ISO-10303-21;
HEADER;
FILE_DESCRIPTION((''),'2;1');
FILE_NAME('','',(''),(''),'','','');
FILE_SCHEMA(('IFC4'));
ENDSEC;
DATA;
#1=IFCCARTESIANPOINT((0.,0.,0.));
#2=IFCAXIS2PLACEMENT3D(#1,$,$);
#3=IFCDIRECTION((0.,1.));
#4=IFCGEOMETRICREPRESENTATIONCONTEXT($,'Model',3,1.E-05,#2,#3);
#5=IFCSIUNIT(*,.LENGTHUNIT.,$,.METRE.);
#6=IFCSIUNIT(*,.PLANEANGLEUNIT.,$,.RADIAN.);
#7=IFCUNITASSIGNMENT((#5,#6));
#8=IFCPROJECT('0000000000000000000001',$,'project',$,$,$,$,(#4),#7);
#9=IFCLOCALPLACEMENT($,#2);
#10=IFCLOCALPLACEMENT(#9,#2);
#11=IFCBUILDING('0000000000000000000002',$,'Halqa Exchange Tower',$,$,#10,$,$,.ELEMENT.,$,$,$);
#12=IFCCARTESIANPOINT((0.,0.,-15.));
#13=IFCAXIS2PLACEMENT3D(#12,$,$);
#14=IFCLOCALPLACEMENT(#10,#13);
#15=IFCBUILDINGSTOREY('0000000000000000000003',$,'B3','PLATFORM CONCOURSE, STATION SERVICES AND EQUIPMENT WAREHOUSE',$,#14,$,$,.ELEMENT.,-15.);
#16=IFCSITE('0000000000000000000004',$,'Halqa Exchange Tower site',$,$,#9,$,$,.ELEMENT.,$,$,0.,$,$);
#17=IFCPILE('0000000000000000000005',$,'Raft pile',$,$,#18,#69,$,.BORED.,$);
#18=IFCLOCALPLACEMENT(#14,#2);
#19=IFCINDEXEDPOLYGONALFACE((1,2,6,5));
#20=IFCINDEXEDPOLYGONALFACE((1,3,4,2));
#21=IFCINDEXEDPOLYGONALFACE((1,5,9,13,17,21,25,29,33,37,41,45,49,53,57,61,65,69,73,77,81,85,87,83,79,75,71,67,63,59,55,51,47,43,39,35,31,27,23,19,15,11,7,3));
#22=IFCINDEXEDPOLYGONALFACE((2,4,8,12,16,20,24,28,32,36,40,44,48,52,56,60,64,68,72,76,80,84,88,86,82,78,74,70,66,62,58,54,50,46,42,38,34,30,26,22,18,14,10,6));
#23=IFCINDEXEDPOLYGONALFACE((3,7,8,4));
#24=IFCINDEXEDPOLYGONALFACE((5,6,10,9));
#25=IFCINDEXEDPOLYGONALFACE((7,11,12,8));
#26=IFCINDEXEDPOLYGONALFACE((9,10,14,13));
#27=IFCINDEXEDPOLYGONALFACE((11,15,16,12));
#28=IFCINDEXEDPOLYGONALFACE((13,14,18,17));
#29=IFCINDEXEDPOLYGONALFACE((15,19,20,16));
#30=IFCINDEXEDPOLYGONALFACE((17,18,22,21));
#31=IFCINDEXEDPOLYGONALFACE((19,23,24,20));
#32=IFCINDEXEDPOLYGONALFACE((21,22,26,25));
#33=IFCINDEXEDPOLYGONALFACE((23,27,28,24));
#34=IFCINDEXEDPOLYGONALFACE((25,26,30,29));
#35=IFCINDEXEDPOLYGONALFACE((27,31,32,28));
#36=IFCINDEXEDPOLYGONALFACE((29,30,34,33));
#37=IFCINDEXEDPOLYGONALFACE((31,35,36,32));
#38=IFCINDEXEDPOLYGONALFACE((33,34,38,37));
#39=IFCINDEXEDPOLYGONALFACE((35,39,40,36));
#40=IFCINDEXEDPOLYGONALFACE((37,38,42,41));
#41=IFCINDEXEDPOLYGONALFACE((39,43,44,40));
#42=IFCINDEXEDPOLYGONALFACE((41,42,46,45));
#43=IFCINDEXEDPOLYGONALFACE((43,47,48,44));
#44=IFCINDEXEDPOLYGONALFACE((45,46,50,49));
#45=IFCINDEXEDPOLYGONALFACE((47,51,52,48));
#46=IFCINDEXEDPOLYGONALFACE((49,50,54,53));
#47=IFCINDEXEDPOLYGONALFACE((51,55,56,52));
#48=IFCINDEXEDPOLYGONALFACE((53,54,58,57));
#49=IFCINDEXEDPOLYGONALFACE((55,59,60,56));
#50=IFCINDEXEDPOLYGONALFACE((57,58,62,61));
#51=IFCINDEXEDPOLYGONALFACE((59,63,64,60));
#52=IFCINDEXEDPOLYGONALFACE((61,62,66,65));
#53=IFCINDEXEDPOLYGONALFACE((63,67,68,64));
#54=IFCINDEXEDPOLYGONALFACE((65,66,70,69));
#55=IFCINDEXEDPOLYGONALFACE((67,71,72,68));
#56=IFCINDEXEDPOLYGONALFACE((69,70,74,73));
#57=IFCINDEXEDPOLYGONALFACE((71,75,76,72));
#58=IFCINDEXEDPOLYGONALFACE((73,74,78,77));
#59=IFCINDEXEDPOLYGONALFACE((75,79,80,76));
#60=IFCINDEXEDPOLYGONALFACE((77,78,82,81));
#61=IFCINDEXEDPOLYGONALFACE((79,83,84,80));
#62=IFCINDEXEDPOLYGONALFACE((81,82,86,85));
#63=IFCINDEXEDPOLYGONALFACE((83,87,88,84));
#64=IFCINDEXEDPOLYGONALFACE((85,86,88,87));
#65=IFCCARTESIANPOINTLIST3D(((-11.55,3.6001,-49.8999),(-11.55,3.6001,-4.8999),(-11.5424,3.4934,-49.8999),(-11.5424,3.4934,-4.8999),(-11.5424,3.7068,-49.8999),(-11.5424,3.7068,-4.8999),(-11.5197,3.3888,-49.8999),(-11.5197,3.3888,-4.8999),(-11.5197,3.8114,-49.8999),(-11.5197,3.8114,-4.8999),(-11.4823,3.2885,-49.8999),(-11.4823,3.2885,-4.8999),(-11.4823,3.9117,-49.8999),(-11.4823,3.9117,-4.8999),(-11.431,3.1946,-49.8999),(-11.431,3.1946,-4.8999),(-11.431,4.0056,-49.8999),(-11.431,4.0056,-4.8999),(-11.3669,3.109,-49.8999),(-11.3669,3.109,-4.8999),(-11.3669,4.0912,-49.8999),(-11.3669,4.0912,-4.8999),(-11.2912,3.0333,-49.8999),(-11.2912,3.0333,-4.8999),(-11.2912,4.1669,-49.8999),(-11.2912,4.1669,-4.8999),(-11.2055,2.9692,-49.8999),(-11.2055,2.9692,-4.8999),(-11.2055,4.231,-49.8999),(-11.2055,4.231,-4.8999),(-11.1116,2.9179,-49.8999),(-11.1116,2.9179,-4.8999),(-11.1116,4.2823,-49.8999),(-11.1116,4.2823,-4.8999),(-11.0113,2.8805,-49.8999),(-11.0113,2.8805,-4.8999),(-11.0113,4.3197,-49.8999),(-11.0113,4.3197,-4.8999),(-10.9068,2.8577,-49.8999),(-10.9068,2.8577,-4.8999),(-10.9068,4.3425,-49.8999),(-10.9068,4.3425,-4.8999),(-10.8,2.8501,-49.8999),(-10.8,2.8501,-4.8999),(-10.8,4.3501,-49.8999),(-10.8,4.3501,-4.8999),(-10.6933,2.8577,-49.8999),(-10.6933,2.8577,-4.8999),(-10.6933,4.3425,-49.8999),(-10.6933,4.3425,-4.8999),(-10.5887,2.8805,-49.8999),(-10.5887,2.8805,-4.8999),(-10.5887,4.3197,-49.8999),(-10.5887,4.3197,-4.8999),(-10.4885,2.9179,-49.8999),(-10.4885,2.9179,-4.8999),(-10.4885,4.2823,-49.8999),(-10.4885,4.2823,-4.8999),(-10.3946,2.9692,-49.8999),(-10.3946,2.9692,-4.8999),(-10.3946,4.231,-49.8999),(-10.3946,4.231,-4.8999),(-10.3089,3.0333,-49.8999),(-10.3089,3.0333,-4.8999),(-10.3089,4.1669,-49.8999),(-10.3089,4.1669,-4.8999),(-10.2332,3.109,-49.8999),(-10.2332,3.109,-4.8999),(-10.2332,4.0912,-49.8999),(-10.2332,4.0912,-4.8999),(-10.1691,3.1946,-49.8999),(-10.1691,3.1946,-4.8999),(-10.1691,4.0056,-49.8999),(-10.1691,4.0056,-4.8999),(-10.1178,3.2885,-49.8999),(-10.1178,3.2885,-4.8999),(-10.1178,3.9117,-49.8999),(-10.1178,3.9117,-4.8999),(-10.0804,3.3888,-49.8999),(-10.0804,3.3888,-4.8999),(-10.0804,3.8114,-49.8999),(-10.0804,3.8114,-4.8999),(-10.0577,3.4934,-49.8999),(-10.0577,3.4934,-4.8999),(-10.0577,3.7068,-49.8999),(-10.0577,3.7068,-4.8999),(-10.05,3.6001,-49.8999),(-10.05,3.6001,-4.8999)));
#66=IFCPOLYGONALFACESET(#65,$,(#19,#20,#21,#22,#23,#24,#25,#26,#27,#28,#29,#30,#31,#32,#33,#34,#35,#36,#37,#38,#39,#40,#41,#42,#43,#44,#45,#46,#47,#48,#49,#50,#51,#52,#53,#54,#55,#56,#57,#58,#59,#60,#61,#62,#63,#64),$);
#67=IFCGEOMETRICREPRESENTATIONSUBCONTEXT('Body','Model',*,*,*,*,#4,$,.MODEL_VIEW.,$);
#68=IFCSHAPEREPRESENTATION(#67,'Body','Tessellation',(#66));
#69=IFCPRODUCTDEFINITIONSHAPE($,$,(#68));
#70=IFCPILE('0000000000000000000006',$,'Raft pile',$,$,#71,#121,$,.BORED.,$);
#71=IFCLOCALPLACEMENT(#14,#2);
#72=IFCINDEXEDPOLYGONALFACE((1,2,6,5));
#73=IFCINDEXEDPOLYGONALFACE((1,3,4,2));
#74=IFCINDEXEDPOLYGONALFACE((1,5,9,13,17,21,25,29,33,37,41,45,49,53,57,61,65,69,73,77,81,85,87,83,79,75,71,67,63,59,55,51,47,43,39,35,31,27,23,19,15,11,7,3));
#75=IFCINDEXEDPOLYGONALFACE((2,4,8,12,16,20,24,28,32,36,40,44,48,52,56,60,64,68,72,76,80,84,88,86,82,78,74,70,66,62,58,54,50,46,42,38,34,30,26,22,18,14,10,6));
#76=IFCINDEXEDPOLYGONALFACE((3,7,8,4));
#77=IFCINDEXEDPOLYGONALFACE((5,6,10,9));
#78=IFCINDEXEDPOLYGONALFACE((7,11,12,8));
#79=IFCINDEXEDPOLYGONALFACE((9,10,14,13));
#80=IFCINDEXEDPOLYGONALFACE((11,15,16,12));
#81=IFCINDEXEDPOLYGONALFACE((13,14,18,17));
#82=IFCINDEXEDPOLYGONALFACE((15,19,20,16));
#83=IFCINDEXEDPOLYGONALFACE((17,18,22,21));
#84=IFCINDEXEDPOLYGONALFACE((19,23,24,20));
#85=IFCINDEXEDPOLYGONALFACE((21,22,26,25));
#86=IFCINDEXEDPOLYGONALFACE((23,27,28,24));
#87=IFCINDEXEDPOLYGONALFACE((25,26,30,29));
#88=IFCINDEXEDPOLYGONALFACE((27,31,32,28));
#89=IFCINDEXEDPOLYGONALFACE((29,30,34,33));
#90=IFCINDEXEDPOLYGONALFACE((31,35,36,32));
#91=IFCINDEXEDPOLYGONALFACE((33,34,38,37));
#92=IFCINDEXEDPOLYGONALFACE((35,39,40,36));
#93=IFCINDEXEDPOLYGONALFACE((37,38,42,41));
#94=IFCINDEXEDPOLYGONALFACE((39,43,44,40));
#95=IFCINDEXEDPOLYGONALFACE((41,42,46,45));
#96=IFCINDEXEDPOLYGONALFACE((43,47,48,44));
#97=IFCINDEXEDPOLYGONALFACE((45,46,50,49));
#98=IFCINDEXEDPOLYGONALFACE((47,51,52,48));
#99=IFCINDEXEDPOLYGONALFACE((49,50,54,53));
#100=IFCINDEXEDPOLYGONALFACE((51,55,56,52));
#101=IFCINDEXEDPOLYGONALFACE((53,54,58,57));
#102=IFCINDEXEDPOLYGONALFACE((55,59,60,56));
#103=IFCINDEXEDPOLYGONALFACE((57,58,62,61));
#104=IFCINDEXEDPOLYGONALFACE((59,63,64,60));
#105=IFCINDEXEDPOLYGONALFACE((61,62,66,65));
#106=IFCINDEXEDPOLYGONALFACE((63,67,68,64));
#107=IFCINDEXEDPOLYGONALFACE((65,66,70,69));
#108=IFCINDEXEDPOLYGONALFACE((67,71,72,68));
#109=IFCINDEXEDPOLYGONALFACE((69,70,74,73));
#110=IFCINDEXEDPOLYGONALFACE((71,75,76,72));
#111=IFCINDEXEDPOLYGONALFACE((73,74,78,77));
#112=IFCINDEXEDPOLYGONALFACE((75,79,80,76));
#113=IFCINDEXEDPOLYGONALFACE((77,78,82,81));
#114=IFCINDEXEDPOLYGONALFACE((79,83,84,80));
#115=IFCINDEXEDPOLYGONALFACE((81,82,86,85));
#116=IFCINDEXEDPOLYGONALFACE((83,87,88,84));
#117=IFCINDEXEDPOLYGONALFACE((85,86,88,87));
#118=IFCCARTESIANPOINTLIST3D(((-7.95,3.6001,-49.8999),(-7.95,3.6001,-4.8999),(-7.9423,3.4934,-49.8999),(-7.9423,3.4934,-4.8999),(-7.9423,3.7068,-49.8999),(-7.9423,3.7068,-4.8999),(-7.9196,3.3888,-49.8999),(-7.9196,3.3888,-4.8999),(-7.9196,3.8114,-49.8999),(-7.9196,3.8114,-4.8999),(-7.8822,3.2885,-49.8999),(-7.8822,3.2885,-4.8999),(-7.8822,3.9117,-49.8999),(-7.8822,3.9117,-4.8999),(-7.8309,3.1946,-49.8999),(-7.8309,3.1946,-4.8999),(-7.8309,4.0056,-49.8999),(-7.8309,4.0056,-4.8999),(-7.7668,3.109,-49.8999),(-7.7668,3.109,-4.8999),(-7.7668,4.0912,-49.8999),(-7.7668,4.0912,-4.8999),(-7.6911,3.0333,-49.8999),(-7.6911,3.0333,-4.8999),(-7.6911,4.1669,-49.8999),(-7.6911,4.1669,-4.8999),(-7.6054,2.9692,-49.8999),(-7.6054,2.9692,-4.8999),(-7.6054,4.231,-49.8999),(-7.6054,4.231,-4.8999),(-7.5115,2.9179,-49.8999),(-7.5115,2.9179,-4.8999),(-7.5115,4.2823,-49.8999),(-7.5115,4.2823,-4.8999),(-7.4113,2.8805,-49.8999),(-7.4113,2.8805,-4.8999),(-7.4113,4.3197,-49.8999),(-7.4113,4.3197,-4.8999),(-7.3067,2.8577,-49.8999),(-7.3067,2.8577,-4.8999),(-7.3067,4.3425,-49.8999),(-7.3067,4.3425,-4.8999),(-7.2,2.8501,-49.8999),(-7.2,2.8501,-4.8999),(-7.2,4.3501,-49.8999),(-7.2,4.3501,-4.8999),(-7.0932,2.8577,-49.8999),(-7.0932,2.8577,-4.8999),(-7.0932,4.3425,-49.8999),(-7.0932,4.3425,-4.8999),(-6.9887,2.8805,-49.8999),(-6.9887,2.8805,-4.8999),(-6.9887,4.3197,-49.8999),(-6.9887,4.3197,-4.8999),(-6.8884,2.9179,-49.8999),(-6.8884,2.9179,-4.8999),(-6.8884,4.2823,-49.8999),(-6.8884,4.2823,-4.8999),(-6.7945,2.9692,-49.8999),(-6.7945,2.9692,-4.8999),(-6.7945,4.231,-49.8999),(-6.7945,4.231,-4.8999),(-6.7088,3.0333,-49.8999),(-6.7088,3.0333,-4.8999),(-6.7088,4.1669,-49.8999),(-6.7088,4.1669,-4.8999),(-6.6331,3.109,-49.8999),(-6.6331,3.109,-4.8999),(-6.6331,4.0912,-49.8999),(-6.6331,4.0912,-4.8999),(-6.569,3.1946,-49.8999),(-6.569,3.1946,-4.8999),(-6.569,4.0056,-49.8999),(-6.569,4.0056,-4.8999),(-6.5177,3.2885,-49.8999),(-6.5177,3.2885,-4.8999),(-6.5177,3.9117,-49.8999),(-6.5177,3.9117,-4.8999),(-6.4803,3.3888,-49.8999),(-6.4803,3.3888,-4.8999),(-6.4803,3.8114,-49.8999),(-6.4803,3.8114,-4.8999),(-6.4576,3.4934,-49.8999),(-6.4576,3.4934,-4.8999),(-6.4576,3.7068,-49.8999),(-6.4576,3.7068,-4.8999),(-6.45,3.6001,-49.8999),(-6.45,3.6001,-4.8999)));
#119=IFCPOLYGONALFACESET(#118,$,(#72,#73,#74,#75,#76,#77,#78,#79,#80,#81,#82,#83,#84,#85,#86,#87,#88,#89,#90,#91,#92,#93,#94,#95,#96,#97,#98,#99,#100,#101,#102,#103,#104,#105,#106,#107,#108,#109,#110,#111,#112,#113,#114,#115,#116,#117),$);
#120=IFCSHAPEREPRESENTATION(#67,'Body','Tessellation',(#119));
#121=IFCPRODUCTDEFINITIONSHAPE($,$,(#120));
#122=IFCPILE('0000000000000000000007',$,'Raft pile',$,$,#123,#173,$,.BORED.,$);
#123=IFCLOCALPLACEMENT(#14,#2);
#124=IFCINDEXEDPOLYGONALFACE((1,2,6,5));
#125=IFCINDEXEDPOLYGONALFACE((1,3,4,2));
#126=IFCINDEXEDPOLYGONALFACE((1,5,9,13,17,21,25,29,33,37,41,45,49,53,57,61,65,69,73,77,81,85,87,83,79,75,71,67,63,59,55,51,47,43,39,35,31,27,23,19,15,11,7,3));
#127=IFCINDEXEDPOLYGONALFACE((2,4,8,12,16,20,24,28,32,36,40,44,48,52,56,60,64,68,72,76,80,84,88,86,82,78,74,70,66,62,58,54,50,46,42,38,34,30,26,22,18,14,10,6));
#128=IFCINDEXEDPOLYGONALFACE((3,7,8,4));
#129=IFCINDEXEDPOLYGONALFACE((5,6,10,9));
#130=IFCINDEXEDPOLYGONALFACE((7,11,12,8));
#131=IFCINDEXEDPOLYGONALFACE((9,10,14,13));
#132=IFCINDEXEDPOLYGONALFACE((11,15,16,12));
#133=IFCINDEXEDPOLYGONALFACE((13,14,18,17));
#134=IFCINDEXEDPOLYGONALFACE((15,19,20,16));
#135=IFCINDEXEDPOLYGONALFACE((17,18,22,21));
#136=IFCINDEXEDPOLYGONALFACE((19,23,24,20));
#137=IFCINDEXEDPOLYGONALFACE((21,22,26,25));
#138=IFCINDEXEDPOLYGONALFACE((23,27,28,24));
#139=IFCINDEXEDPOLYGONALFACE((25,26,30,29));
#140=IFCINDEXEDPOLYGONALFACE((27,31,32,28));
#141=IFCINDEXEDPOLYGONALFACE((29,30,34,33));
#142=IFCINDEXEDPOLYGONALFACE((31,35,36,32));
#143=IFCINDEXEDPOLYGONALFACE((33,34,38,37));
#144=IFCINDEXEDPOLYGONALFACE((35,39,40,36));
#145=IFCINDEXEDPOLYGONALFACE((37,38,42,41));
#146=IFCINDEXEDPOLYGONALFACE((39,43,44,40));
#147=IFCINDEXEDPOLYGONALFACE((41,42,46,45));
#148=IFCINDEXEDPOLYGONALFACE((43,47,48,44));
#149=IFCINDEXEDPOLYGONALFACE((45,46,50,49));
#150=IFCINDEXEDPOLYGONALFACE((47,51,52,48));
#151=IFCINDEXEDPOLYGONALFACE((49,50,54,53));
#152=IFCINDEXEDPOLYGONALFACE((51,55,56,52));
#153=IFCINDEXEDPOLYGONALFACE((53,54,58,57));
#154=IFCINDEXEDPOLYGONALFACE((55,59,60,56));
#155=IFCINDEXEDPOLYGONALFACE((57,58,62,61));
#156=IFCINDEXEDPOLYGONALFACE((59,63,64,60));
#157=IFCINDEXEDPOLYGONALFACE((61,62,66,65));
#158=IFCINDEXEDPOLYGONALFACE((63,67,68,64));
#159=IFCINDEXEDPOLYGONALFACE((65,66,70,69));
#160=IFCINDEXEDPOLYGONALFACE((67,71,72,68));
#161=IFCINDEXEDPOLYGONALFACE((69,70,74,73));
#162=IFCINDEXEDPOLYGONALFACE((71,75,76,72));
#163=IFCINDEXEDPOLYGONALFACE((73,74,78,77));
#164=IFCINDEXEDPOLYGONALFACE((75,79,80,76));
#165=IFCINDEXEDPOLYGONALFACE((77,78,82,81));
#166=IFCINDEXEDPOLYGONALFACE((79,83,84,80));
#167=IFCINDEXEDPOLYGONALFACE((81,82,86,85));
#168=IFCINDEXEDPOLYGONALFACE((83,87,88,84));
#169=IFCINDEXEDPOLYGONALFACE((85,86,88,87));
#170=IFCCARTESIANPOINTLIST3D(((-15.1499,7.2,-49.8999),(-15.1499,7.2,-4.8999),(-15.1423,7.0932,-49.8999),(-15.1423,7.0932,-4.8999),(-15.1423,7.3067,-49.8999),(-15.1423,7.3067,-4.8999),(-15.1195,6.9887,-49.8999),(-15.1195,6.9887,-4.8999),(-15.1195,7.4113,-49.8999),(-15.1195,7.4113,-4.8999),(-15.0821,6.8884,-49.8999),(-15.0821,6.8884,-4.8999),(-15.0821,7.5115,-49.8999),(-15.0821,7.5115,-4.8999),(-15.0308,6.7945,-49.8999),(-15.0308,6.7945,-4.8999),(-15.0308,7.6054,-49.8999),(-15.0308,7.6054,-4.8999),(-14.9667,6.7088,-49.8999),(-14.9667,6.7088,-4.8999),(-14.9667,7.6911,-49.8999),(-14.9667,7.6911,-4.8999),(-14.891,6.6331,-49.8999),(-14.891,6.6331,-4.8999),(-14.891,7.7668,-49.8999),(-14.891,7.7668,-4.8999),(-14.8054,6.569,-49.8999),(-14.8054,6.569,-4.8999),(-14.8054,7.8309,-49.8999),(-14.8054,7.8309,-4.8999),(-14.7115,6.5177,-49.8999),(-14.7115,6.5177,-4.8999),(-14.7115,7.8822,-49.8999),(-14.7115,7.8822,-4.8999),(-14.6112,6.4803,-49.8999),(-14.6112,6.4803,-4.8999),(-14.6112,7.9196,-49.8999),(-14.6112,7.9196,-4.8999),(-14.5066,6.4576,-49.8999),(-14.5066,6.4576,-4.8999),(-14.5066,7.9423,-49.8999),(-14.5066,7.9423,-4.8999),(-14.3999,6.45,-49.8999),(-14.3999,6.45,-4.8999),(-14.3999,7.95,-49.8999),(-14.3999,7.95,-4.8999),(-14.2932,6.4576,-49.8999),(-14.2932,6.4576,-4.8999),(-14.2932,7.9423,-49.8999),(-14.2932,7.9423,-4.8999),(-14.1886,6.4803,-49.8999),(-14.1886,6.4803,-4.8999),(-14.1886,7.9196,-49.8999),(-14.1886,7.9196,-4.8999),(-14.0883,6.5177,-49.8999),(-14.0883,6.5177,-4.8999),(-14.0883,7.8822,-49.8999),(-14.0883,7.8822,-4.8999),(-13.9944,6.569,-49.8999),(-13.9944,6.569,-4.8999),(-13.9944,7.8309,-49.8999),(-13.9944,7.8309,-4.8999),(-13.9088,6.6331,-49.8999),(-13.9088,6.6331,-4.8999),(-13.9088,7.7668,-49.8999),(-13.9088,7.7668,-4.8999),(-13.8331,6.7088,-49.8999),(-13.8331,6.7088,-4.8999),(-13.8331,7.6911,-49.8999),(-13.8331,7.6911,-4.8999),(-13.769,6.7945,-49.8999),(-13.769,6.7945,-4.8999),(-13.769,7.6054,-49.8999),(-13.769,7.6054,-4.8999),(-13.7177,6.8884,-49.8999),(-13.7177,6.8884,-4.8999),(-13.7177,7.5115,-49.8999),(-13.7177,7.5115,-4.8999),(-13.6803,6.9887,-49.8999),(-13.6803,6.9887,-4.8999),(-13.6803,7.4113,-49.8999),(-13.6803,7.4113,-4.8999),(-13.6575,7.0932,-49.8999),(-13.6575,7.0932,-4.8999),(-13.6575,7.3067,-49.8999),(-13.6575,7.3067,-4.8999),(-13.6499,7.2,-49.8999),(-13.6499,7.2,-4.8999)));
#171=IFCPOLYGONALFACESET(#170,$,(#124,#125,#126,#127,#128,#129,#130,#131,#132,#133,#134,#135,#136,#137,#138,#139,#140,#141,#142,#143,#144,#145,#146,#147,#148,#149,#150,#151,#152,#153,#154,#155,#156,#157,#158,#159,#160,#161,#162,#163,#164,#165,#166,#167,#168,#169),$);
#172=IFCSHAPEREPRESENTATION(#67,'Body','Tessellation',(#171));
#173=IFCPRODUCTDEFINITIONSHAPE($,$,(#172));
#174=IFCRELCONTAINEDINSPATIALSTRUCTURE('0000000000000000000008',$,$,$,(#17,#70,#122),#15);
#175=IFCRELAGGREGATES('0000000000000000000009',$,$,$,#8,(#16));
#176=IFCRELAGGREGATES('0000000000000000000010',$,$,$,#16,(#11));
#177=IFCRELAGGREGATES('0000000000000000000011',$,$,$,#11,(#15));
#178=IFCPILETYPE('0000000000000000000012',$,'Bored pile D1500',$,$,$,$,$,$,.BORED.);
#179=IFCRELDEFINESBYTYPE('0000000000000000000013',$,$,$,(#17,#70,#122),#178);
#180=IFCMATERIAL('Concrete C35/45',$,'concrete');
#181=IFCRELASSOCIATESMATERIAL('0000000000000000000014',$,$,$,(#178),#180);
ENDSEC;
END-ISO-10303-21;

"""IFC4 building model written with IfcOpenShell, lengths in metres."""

from ifc_helpers import new_model, si_unit, direction, frame, origin, origin_2d, place, context, subcontext, project, spatial, circle, extrude, material, material_profile, profile_set, type_object, element, save


model = new_model("IFC4")

# Units and contexts
model_context = context("Model", 3, precision=1e-05, world=origin(), true_north=direction((0.0, 1.0)))
body_context = subcontext(model_context, "Body", "Model", "MODEL_VIEW")
ifc_project = project(units=[si_unit("LENGTHUNIT", "METRE"), si_unit("PLANEANGLEUNIT", "RADIAN")], contexts=[model_context])

# Site, building, storey
site_placement = place(None, origin())
site = spatial("IfcSite", under=ifc_project, at=site_placement, Name="Halqa Exchange Tower site", CompositionType="ELEMENT", RefElevation=0.0)
building_placement = place(site_placement, origin())
building = spatial("IfcBuilding", under=site, at=building_placement, Name="Halqa Exchange Tower", CompositionType="ELEMENT")
storey_placement = place(building_placement, frame((0.0, 0.0, -15.0)))
storey = spatial("IfcBuildingStorey", under=building, at=storey_placement, Name="B3", Description="PLATFORM CONCOURSE, STATION SERVICES AND EQUIPMENT WAREHOUSE", CompositionType="ELEMENT", Elevation=-15.0)

# Piles
ifc_material_1 = material(Name="Concrete C35/45", Category="concrete")
ifc_material_profile_1 = material_profile(ifc_material_1, circle(Radius=0.75, at=origin_2d()), Name="D1500")
ifc_profile_set_1 = profile_set([ifc_material_profile_1], Name="Concrete C35/45")
pile_type_1 = type_object("IfcPileType", Name="Bored pile D1500", PredefinedType="BORED", material=ifc_profile_set_1)
for number, where, z_axis, x_axis, name in (
    (1, (-10.8, 3.6001, -4.8999), (0.0, 0.0, -1.0), (1.0, 0.0, 0.0), "Raft pile"),
    (2, (-7.2, 3.6001, -4.8999), (0.0, 0.0, -1.0), (1.0, 0.0, 0.0), "Raft pile"),
    (3, (-14.3999, 7.2, -4.8999), (0.0, 0.0, -1.0), (1.0, 0.0, 0.0), "Raft pile"),
):
    element("IfcPile", number, at=place(storey_placement, frame(where, z_axis=z_axis, x_axis=x_axis)), inside=storey, type_object=pile_type_1, Name=name, PredefinedType="BORED", context=body_context, shape_type="SweptSolid", body=[
        extrude(circle(Radius=0.75, at=origin_2d()), origin(), (0.0, 0.0, 1.0), 45.0),
    ])

save(model, "model.ifc")
